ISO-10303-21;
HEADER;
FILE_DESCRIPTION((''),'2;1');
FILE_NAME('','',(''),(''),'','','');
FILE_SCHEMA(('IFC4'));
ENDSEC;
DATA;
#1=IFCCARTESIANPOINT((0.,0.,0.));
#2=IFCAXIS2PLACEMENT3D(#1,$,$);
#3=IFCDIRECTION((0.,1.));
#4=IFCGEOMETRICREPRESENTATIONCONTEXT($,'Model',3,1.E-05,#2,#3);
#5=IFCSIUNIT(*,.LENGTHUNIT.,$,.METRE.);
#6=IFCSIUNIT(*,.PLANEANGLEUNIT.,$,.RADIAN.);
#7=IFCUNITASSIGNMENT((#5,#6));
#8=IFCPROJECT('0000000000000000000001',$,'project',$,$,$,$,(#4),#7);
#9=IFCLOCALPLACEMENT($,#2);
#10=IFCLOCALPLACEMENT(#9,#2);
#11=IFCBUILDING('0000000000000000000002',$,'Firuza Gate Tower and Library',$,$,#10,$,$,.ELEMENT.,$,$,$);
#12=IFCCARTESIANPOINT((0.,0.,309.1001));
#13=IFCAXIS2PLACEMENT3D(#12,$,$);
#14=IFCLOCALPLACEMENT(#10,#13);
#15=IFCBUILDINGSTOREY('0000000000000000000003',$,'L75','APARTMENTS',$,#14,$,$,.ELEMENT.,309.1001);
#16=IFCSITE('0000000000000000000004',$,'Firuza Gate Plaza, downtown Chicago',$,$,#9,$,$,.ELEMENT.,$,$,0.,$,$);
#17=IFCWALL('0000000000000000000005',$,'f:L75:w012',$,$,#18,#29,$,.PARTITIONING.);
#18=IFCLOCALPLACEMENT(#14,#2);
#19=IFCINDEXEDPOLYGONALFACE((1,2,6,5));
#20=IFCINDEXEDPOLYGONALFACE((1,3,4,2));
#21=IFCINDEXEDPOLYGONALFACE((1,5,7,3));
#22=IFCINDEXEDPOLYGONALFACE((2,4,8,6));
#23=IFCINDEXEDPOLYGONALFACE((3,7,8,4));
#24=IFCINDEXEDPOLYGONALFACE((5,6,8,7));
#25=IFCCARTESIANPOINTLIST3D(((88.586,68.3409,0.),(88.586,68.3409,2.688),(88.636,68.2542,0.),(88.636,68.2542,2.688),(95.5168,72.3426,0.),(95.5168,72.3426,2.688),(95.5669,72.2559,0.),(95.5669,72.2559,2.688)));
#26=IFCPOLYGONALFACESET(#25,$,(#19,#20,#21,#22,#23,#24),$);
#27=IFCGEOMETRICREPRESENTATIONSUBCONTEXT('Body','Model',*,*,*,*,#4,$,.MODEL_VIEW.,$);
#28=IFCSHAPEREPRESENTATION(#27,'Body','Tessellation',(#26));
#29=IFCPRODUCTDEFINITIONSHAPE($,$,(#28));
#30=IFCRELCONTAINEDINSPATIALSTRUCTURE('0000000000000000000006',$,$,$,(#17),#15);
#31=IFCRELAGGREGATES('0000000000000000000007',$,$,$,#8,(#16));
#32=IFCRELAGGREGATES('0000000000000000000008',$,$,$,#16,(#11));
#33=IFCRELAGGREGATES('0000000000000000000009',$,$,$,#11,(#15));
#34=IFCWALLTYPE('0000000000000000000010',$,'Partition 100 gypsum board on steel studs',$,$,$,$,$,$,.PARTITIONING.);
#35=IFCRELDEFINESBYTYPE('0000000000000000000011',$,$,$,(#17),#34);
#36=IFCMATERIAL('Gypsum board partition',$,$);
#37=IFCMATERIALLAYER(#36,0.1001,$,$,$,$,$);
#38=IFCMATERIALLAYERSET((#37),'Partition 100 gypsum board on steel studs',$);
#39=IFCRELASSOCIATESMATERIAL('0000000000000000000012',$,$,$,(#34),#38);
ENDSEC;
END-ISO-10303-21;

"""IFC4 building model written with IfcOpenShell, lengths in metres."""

from ifc_helpers import new_model, si_unit, direction, frame, frame_2d, origin, place, context, subcontext, project, spatial, rectangle, extrude, material, layer, layer_set, type_object, element, save


model = new_model("IFC4")

# Units and contexts
model_context = context("Model", 3, precision=1e-05, world=origin(), true_north=direction((0.0, 1.0)))
body_context = subcontext(model_context, "Body", "Model", "MODEL_VIEW")
ifc_project = project(units=[si_unit("LENGTHUNIT", "METRE"), si_unit("PLANEANGLEUNIT", "RADIAN")], contexts=[model_context])

# Site, building, storey
site_placement = place(None, origin())
site = spatial("IfcSite", under=ifc_project, at=site_placement, Name="Firuza Gate Plaza, downtown Chicago", CompositionType="ELEMENT", RefElevation=0.0)
building_placement = place(site_placement, origin())
building = spatial("IfcBuilding", under=site, at=building_placement, Name="Firuza Gate Tower and Library", CompositionType="ELEMENT")
storey_placement = place(building_placement, frame((0.0, 0.0, 309.1001)))
storey = spatial("IfcBuildingStorey", under=building, at=storey_placement, Name="L75", Description="APARTMENTS", CompositionType="ELEMENT", Elevation=309.1001)

# Wall
ifc_material_1 = material(Name="Gypsum board partition")
ifc_layer_1 = layer(ifc_material_1, 0.1001)
ifc_layer_set_1 = layer_set([ifc_layer_1], Name="Partition 100 gypsum board on steel studs")
wall_type_1 = type_object("IfcWallType", Name="Partition 100 gypsum board on steel studs", PredefinedType="PARTITIONING", material=ifc_layer_set_1)
wall_1_placement = place(storey_placement, frame((88.6111, 68.2976, 0.0), z_axis=(0.0, 0.0, 1.0), x_axis=(0.866017, 0.500014, 0.0)))
element("IfcWall", 1, at=wall_1_placement, inside=storey, type_object=wall_type_1, Name="f:L75:w012", PredefinedType="PARTITIONING", context=body_context, shape_type="SweptSolid", body=[
    extrude(rectangle(XDim=8.0032, YDim=0.1001, at=frame_2d((4.0015, 0.0))), origin(), (0.0, 0.0, 1.0), 2.688),
])

save(model, "model.ifc")
